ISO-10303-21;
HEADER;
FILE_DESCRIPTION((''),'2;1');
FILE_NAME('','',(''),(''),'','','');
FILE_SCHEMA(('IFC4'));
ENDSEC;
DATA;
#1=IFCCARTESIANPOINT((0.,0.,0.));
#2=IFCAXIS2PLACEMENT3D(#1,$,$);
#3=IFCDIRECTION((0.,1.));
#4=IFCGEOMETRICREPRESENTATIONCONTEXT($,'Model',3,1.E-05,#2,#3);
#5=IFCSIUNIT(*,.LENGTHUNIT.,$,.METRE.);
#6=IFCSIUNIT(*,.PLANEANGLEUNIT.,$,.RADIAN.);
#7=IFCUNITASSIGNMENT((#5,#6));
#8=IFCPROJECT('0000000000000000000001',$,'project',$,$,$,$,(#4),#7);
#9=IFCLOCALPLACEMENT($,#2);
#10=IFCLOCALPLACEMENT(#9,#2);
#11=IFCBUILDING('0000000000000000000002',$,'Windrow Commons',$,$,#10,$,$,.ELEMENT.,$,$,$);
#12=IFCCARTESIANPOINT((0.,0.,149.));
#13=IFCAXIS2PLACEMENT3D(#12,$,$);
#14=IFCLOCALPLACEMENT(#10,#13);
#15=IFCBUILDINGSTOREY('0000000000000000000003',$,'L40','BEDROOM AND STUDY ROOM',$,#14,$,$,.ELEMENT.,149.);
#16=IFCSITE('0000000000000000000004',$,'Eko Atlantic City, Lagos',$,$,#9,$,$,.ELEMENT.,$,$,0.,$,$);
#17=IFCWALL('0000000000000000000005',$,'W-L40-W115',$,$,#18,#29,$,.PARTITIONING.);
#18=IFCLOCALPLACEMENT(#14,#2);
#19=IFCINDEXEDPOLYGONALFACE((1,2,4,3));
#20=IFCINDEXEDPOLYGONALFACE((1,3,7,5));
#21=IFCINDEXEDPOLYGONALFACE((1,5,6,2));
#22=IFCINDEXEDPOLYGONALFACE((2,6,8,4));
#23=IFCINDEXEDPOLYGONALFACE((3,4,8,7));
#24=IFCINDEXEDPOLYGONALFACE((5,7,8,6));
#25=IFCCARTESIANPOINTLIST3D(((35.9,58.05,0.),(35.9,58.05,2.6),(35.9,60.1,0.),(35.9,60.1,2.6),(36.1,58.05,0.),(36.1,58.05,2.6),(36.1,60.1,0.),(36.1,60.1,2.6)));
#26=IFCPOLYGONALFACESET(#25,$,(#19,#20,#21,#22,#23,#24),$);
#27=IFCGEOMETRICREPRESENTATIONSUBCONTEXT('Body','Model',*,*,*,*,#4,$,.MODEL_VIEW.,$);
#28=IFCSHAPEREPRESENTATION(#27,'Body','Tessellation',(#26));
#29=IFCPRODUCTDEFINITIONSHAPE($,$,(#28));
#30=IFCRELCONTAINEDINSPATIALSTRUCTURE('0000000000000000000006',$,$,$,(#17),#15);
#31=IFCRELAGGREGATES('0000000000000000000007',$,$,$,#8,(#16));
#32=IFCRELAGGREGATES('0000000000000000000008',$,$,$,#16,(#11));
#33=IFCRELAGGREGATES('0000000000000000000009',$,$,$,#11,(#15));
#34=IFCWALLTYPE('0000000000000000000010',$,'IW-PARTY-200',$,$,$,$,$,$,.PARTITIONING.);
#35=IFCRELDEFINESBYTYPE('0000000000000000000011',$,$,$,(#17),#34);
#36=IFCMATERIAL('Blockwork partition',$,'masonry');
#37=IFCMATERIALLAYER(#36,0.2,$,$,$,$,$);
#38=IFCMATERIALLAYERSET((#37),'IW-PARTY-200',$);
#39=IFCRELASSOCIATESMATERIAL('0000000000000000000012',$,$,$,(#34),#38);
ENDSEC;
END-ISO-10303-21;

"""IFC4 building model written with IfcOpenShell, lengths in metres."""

from ifc_helpers import new_model, si_unit, direction, frame, frame_2d, origin, place, context, subcontext, project, spatial, rectangle, extrude, material, layer, layer_set, type_object, element, save


model = new_model("IFC4")

# Units and contexts
model_context = context("Model", 3, precision=1e-05, world=origin(), true_north=direction((0.0, 1.0)))
body_context = subcontext(model_context, "Body", "Model", "MODEL_VIEW")
ifc_project = project(units=[si_unit("LENGTHUNIT", "METRE"), si_unit("PLANEANGLEUNIT", "RADIAN")], contexts=[model_context])

# Site, building, storey
site_placement = place(None, origin())
site = spatial("IfcSite", under=ifc_project, at=site_placement, Name="Eko Atlantic City, Lagos", CompositionType="ELEMENT", RefElevation=0.0)
building_placement = place(site_placement, origin())
building = spatial("IfcBuilding", under=site, at=building_placement, Name="Windrow Commons", CompositionType="ELEMENT")
storey_placement = place(building_placement, frame((0.0, 0.0, 149.0)))
storey = spatial("IfcBuildingStorey", under=building, at=storey_placement, Name="L40", Description="BEDROOM AND STUDY ROOM", CompositionType="ELEMENT", Elevation=149.0)

# Wall
ifc_material_1 = material(Name="Blockwork partition", Category="masonry")
ifc_layer_1 = layer(ifc_material_1, 0.2)
ifc_layer_set_1 = layer_set([ifc_layer_1], Name="IW-PARTY-200")
wall_type_1 = type_object("IfcWallType", Name="IW-PARTY-200", PredefinedType="PARTITIONING", material=ifc_layer_set_1)
wall_1_placement = place(storey_placement, frame((36.0, 58.05, 0.0), z_axis=(0.0, 0.0, 1.0), x_axis=(0.0, 1.0, 0.0)))
element("IfcWall", 1, at=wall_1_placement, inside=storey, type_object=wall_type_1, Name="W-L40-W115", PredefinedType="PARTITIONING", context=body_context, shape_type="SweptSolid", body=[
    extrude(rectangle(XDim=2.05, YDim=0.2, at=frame_2d((1.025, 0.0))), origin(), (0.0, 0.0, 1.0), 2.6),
])

save(model, "model.ifc")
